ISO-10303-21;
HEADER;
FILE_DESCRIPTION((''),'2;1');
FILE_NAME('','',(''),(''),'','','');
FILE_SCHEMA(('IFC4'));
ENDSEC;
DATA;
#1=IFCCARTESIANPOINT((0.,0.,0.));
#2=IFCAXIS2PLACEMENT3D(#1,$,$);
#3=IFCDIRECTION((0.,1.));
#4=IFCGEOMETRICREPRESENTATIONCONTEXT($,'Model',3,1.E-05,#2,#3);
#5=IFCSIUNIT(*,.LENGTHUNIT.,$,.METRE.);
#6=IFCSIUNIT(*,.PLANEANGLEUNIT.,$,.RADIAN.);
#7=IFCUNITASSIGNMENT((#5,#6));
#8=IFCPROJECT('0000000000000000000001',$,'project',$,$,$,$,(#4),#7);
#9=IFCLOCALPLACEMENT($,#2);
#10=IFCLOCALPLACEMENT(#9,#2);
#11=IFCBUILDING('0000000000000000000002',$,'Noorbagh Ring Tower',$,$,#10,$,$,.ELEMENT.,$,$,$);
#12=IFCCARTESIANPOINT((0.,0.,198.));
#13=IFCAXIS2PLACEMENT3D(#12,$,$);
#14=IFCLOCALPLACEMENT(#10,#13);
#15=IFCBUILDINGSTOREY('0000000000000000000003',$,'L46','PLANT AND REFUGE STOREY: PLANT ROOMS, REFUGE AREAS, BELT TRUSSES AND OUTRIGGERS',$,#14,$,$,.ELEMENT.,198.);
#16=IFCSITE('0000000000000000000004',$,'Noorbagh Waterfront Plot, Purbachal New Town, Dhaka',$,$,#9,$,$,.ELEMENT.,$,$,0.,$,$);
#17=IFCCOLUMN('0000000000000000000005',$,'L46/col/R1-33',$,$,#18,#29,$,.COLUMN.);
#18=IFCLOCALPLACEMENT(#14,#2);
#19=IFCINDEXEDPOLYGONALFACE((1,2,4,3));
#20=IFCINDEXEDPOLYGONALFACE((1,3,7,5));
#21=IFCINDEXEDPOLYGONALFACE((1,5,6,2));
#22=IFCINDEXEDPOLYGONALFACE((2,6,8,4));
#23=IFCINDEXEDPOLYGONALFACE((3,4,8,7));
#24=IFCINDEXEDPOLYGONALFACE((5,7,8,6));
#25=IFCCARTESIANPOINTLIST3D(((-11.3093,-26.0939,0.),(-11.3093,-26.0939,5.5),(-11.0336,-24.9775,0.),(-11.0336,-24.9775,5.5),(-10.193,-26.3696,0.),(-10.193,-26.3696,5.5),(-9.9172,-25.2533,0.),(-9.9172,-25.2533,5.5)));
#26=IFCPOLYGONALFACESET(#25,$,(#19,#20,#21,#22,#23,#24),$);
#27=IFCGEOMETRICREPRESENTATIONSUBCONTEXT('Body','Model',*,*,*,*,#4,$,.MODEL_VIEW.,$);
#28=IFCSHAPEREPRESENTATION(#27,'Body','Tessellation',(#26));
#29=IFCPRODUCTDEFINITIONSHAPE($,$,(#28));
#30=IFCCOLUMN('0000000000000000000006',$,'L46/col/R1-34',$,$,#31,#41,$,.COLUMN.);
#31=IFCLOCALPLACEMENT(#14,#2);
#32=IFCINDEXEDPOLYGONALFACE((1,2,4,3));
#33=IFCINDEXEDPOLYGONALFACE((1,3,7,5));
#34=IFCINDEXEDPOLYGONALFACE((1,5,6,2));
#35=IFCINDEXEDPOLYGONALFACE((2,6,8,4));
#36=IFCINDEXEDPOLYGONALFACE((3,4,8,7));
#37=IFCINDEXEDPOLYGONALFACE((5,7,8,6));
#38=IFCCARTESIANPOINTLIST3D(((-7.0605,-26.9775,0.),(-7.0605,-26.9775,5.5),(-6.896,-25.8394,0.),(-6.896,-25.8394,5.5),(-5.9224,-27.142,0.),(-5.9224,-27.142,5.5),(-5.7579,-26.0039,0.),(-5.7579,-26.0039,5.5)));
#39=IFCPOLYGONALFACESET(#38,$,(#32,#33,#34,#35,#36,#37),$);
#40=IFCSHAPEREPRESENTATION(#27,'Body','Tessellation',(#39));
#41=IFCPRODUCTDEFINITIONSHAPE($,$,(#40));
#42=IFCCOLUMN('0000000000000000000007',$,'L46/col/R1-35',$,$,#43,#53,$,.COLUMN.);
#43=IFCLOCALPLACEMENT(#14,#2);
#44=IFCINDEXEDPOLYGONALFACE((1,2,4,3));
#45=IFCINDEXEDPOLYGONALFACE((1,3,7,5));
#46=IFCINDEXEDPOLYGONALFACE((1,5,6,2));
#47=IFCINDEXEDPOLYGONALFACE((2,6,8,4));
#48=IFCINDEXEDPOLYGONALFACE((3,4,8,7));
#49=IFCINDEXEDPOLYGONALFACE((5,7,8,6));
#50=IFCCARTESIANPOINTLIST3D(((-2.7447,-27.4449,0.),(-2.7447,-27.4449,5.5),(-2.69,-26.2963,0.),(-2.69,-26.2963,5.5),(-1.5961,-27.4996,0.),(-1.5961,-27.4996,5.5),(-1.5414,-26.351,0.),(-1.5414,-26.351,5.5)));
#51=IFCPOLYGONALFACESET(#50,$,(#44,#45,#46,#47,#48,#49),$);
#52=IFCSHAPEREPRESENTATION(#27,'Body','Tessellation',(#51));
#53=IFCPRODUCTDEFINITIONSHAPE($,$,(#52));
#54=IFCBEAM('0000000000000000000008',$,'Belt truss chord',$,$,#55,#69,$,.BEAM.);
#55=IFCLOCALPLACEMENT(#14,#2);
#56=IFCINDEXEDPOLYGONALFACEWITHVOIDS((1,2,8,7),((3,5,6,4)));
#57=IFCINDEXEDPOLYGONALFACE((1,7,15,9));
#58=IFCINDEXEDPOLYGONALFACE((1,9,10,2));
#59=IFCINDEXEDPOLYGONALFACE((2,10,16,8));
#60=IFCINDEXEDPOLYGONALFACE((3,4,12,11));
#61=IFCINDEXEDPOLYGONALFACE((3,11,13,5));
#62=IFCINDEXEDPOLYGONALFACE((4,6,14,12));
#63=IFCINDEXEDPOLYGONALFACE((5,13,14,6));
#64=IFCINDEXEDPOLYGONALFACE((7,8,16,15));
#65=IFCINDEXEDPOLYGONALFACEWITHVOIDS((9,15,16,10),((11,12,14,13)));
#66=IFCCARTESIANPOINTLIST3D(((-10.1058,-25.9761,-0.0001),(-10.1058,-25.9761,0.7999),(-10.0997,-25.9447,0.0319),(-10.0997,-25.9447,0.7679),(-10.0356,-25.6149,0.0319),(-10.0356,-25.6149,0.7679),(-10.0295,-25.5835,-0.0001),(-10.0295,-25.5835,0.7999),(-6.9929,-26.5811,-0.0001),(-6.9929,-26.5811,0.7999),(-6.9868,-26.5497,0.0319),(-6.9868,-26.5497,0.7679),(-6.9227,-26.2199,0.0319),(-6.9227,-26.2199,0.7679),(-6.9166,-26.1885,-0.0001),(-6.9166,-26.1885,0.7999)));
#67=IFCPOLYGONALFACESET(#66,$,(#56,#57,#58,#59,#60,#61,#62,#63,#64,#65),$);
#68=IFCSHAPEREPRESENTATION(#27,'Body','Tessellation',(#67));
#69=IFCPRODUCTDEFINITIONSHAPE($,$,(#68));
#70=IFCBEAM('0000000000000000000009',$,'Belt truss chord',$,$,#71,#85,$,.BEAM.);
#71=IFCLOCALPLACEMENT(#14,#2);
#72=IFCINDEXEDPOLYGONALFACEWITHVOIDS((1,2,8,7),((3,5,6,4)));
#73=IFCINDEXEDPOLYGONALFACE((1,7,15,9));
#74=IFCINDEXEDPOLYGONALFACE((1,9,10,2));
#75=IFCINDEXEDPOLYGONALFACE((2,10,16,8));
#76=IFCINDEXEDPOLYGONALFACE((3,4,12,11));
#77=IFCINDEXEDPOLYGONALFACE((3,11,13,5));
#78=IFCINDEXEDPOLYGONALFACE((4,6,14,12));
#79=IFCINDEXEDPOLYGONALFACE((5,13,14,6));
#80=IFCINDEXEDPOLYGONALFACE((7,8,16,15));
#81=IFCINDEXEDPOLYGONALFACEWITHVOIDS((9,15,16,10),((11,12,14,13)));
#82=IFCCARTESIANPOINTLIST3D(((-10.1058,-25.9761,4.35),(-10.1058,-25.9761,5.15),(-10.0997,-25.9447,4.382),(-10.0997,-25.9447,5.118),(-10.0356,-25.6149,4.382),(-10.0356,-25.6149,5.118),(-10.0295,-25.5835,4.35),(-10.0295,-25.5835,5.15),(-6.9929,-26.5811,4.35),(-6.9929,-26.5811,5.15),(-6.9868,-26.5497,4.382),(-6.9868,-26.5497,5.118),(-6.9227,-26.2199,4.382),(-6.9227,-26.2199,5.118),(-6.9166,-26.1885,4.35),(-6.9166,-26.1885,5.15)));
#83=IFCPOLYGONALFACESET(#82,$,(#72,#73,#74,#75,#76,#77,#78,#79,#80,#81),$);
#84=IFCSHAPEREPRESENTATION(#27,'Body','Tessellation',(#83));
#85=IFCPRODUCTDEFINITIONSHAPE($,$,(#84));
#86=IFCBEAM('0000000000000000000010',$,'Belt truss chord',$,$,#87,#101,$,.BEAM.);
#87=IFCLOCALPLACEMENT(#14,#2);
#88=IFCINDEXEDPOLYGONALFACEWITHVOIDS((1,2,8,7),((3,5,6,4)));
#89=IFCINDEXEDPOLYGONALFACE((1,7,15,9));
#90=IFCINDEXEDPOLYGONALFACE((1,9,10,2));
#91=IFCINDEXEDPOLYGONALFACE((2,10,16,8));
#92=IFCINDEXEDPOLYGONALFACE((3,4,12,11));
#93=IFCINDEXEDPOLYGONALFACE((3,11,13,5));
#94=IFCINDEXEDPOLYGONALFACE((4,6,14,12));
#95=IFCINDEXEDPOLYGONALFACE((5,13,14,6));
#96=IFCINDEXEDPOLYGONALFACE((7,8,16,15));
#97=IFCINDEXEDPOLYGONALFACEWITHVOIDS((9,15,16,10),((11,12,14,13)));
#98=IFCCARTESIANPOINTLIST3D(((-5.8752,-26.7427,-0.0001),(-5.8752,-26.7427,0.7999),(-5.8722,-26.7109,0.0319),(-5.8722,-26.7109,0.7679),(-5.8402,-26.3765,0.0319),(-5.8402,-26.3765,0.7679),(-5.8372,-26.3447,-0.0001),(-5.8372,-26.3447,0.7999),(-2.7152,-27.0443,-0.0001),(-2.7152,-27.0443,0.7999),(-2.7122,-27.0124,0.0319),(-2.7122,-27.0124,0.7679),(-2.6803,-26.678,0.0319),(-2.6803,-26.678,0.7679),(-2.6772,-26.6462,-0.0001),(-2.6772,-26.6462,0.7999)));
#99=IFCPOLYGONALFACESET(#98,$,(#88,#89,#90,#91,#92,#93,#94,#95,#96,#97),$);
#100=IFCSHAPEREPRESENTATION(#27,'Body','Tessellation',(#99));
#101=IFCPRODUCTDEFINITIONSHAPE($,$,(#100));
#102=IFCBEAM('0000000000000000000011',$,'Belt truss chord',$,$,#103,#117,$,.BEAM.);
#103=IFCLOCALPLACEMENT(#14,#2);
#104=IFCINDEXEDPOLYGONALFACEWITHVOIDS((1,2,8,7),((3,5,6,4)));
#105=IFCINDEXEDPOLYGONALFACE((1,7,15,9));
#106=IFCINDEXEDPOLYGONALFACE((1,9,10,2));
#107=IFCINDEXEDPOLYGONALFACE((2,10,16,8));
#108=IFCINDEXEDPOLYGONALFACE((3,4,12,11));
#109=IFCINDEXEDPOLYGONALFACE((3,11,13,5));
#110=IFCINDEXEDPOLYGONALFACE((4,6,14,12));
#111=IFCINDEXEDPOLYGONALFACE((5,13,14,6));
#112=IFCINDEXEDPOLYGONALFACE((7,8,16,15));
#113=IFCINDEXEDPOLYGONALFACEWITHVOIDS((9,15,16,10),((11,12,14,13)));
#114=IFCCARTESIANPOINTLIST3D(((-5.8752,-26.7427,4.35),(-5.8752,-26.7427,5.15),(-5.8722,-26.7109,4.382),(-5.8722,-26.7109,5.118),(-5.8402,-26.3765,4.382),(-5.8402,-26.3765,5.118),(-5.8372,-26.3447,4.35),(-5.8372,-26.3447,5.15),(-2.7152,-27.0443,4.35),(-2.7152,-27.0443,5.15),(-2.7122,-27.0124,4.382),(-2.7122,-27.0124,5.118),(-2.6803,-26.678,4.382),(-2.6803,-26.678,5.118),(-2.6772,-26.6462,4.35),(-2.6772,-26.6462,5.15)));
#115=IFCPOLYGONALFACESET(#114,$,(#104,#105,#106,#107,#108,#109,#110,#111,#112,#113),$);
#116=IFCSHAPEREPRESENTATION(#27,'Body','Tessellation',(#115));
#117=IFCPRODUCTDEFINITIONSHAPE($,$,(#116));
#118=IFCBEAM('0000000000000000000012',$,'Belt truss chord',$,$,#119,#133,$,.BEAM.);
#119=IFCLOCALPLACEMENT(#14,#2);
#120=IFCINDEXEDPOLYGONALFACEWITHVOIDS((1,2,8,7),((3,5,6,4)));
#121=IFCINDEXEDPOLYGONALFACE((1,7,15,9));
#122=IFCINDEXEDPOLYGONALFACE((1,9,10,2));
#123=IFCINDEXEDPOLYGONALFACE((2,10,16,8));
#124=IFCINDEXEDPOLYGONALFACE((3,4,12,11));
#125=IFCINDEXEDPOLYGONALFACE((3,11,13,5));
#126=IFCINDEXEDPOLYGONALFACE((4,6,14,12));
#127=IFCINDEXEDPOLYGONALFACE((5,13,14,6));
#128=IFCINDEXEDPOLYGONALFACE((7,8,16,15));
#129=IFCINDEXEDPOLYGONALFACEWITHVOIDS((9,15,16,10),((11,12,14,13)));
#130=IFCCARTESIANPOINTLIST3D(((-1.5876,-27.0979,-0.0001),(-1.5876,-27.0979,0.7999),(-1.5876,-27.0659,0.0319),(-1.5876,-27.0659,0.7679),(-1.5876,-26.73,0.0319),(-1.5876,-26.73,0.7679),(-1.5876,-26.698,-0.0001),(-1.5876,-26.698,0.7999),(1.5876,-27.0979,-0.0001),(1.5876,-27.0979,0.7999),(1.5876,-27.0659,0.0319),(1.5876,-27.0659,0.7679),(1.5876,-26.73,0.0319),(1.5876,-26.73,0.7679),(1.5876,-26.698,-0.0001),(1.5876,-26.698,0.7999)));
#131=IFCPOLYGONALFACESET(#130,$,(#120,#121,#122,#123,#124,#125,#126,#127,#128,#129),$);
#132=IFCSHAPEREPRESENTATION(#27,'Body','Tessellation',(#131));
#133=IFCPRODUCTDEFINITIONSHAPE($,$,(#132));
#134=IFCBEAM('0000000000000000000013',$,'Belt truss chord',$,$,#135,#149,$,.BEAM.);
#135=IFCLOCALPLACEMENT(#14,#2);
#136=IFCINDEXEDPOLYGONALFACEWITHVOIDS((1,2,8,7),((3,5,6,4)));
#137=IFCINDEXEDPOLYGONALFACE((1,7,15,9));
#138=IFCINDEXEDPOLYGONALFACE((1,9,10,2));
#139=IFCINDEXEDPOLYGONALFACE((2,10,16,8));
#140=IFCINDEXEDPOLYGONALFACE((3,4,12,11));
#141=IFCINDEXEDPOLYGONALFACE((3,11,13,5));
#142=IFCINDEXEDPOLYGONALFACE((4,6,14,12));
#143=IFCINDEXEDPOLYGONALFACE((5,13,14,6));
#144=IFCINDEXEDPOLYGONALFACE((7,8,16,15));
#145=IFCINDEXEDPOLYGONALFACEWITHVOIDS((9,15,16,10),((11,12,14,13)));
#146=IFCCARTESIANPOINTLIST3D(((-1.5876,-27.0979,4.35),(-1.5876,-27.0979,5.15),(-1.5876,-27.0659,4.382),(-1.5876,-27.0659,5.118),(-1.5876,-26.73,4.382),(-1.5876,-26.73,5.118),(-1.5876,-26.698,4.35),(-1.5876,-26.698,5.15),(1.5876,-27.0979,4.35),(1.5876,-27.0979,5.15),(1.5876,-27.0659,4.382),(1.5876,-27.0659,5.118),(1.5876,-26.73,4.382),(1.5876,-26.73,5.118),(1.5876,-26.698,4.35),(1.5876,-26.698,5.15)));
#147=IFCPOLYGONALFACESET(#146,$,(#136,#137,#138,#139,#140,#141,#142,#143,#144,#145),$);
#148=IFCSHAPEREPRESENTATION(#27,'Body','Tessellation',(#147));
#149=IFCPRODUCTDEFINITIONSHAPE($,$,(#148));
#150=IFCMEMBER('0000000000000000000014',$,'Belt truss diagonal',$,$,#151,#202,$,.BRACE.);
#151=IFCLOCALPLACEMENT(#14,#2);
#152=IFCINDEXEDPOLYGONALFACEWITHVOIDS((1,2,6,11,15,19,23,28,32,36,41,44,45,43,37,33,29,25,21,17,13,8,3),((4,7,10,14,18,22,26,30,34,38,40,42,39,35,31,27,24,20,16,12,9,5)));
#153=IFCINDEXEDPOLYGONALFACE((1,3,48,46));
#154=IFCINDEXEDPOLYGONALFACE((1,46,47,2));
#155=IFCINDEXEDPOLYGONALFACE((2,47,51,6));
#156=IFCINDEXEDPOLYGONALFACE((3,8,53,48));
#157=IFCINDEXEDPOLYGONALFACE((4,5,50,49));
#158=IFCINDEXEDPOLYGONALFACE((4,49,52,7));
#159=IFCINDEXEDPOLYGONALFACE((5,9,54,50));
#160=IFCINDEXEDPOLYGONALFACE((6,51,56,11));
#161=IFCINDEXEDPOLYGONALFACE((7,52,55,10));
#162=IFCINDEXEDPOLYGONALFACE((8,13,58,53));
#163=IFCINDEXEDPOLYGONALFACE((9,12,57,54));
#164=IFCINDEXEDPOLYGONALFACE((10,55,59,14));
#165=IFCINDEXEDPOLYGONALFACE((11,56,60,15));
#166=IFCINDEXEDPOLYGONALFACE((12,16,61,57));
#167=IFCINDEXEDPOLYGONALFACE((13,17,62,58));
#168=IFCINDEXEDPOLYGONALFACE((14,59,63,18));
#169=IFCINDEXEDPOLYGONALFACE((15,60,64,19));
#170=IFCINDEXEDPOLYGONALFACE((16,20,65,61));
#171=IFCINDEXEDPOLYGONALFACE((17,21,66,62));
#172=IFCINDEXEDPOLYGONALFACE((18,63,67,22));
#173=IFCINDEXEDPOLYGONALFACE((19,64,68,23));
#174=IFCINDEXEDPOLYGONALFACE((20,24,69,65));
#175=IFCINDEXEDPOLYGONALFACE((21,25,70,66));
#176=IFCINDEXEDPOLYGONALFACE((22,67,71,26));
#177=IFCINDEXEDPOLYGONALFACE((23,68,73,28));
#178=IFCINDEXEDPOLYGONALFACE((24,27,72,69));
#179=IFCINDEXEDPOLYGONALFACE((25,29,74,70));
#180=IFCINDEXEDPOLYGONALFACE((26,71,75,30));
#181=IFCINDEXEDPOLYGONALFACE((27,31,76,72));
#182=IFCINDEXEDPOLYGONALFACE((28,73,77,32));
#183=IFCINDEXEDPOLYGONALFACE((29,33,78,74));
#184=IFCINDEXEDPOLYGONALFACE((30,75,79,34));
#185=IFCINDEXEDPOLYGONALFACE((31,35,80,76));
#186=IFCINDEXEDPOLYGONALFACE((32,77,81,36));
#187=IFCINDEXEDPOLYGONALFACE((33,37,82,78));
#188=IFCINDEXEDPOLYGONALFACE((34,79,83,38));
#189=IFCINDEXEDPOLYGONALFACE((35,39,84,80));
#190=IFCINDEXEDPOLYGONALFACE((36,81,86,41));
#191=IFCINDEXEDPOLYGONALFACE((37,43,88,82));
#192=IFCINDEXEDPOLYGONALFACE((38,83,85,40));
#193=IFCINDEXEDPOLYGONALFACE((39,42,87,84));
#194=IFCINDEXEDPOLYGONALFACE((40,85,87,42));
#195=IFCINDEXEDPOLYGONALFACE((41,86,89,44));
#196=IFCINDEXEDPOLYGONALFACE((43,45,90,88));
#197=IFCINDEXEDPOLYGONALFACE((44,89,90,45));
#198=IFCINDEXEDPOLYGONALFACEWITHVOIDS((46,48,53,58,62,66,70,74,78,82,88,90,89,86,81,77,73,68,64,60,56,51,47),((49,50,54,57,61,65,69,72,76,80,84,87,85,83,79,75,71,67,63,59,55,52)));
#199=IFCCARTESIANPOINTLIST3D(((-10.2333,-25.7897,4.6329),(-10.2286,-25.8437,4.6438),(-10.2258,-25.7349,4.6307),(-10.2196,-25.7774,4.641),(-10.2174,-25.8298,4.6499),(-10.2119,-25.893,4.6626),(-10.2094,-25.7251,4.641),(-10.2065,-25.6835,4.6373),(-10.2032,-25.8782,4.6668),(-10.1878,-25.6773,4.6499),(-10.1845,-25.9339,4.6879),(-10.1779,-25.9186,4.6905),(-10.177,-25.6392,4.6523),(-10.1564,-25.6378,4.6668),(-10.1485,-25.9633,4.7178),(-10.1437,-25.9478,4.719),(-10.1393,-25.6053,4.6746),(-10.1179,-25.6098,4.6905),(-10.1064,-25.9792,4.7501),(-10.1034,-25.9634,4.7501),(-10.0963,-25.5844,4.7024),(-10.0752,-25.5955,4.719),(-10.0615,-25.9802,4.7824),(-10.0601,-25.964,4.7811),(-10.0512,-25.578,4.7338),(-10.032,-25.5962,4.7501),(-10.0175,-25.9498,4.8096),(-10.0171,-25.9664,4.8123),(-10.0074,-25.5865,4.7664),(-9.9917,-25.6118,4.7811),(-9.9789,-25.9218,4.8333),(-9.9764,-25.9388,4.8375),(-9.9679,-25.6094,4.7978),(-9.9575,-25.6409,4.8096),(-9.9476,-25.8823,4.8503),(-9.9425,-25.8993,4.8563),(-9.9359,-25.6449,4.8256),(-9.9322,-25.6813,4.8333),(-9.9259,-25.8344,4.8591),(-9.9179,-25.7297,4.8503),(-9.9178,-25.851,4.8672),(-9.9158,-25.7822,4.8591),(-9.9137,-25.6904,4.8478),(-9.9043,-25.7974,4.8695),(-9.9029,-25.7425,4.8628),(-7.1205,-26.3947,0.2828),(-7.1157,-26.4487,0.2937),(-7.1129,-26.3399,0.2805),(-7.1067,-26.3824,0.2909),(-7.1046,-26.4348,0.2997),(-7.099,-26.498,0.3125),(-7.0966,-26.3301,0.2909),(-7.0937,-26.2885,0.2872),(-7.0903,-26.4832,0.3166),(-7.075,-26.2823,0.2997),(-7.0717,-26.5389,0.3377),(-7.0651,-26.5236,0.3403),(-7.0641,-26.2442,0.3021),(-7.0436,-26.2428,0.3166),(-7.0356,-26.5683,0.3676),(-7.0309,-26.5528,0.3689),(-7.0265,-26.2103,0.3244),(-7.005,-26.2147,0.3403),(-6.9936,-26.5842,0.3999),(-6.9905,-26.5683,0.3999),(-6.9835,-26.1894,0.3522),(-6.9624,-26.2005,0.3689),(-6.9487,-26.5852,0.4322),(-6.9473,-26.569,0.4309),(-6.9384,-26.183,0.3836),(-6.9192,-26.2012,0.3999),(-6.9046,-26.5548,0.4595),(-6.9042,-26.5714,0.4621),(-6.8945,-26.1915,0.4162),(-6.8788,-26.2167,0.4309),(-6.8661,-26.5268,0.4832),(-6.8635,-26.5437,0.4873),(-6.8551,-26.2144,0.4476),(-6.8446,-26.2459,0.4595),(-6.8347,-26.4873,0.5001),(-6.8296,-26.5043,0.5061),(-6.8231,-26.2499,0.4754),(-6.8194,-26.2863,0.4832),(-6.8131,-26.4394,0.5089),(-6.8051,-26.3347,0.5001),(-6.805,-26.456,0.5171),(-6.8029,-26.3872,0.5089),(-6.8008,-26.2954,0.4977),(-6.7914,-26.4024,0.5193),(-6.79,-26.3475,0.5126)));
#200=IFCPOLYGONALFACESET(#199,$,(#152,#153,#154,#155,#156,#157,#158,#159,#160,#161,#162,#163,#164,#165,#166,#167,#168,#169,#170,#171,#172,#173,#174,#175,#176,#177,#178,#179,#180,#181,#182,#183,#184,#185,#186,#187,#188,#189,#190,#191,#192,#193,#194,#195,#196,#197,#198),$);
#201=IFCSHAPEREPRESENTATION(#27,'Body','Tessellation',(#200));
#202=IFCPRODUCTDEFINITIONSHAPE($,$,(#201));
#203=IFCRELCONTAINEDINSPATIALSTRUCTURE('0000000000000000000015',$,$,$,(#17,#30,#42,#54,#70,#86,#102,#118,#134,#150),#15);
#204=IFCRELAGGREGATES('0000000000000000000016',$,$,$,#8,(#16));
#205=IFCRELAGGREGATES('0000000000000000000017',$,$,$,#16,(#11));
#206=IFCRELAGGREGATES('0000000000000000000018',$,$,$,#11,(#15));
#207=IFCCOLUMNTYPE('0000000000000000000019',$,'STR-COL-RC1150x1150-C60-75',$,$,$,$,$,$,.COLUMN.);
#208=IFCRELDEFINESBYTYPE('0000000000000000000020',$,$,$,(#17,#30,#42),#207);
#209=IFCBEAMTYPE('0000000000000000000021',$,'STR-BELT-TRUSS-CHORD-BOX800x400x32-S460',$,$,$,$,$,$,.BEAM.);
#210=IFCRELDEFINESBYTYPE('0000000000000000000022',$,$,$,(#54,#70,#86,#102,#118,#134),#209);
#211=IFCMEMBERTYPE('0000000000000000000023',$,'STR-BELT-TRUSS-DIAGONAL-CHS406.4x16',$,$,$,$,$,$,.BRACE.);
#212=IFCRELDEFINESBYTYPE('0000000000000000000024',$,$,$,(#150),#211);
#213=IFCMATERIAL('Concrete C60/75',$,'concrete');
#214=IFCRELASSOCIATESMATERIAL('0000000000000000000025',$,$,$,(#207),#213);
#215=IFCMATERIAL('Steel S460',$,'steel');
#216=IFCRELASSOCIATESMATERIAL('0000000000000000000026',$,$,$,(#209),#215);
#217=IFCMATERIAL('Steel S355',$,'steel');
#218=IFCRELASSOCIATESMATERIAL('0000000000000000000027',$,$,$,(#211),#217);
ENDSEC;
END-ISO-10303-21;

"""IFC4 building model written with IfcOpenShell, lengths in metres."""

from ifc_helpers import new_model, si_unit, direction, frame, origin, origin_2d, place, context, subcontext, project, spatial, rectangle, hollow_rectangle, hollow_circle, extrude, material, material_profile, profile_set, type_object, element, save


model = new_model("IFC4")

# Units and contexts
model_context = context("Model", 3, precision=1e-05, world=origin(), true_north=direction((0.0, 1.0)))
body_context = subcontext(model_context, "Body", "Model", "MODEL_VIEW")
ifc_project = project(units=[si_unit("LENGTHUNIT", "METRE"), si_unit("PLANEANGLEUNIT", "RADIAN")], contexts=[model_context])

# Site, building, storey
site_placement = place(None, origin())
site = spatial("IfcSite", under=ifc_project, at=site_placement, Name="Noorbagh Waterfront Plot, Purbachal New Town, Dhaka", CompositionType="ELEMENT", RefElevation=0.0)
building_placement = place(site_placement, origin())
building = spatial("IfcBuilding", under=site, at=building_placement, Name="Noorbagh Ring Tower", CompositionType="ELEMENT")
storey_placement = place(building_placement, frame((0.0, 0.0, 198.0)))
storey = spatial("IfcBuildingStorey", under=building, at=storey_placement, Name="L46", Description="PLANT AND REFUGE STOREY: PLANT ROOMS, REFUGE AREAS, BELT TRUSSES AND OUTRIGGERS", CompositionType="ELEMENT", Elevation=198.0)

# Columns
ifc_material_1 = material(Name="Concrete C60/75", Category="concrete")
ifc_material_profile_1 = material_profile(ifc_material_1, rectangle(XDim=1.1499, YDim=1.1499, at=origin_2d()), Name="RC1150x1150")
ifc_profile_set_1 = profile_set([ifc_material_profile_1], Name="Concrete C60/75")
column_type = type_object("IfcColumnType", Name="STR-COL-RC1150x1150-C60-75", PredefinedType="COLUMN", material=ifc_profile_set_1)
for number, where, z_axis, x_axis, name in (
    (1, (-10.6133, -25.6736, 0.0), (0.0, 0.0, 1.0), (0.970829, -0.239771, 0.0), "L46/col/R1-33"),
    (2, (-6.4092, -26.4907, 0.0), (0.0, 0.0, 1.0), (0.989713, -0.143066, 0.0), "L46/col/R1-34"),
    (3, (-2.1431, -26.8979, 0.0), (0.0, 0.0, 1.0), (0.998869, -0.047553, 0.0), "L46/col/R1-35"),
):
    element("IfcColumn", number, at=place(storey_placement, frame(where, z_axis=z_axis, x_axis=x_axis)), inside=storey, type_object=column_type, Name=name, PredefinedType="COLUMN", context=body_context, shape_type="SweptSolid", body=[
        extrude(rectangle(XDim=1.1499, YDim=1.1499, at=origin_2d()), origin(), (0.0, 0.0, 1.0), 5.5),
    ])

# Beams
ifc_material_2 = material(Name="Steel S460", Category="steel")
ifc_material_profile_2 = material_profile(ifc_material_2, hollow_rectangle(XDim=0.3999, YDim=0.8, WallThickness=0.032, at=origin_2d()), Name="BOX800x400x32")
ifc_profile_set_2 = profile_set([ifc_material_profile_2], Name="Steel S460")
beam_type_1 = type_object("IfcBeamType", Name="STR-BELT-TRUSS-CHORD-BOX800x400x32-S460", PredefinedType="BEAM", material=ifc_profile_set_2)
for number, where, z_axis, x_axis, name in (
    (4, (-10.0676, -25.7798, 0.3999), (0.981632, -0.190783, 0.0), (0.190783, 0.981632, 0.0), "Belt truss chord"),
    (5, (-10.0676, -25.7798, 4.75), (0.981632, -0.190783, 0.0), (0.190783, 0.981632, 0.0), "Belt truss chord"),
):
    element("IfcBeam", number, at=place(storey_placement, frame(where, z_axis=z_axis, x_axis=x_axis)), inside=storey, type_object=beam_type_1, Name=name, PredefinedType="BEAM", context=body_context, shape_type="SweptSolid", body=[
        extrude(hollow_rectangle(XDim=0.3999, YDim=0.8, WallThickness=0.032, at=origin_2d()), origin(), (0.0, 0.0, 1.0), 3.1711),
    ])
for number, where, z_axis, x_axis, name in (
    (6, (-5.8562, -26.5437, 0.3999), (0.995479, -0.094987, 0.0), (0.094987, 0.995479, 0.0), "Belt truss chord"),
    (7, (-5.8562, -26.5437, 4.75), (0.995479, -0.094987, 0.0), (0.094987, 0.995479, 0.0), "Belt truss chord"),
):
    element("IfcBeam", number, at=place(storey_placement, frame(where, z_axis=z_axis, x_axis=x_axis)), inside=storey, type_object=beam_type_1, Name=name, PredefinedType="BEAM", context=body_context, shape_type="SweptSolid", body=[
        extrude(hollow_rectangle(XDim=0.3999, YDim=0.8, WallThickness=0.032, at=origin_2d()), origin(), (0.0, 0.0, 1.0), 3.1743),
    ])
for number, where, z_axis, x_axis, name in (
    (8, (-1.5876, -26.8979, 0.3999), (1.0, 0.0, 0.0), (0.0, 1.0, 0.0), "Belt truss chord"),
    (9, (-1.5876, -26.8979, 4.75), (1.0, 0.0, 0.0), (0.0, 1.0, 0.0), "Belt truss chord"),
):
    element("IfcBeam", number, at=place(storey_placement, frame(where, z_axis=z_axis, x_axis=x_axis)), inside=storey, type_object=beam_type_1, Name=name, PredefinedType="BEAM", context=body_context, shape_type="SweptSolid", body=[
        extrude(hollow_rectangle(XDim=0.3999, YDim=0.8, WallThickness=0.032, at=origin_2d()), origin(), (0.0, 0.0, 1.0), 3.1753),
    ])

# Member
ifc_material_3 = material(Name="Steel S355", Category="steel")
ifc_material_profile_3 = material_profile(ifc_material_3, hollow_circle(Radius=0.2031, WallThickness=0.0161, at=origin_2d()), Name="CHS406.4x16")
ifc_profile_set_3 = profile_set([ifc_material_profile_3], Name="Steel S355")
member_type = type_object("IfcMemberType", Name="STR-BELT-TRUSS-DIAGONAL-CHS406.4x16", PredefinedType="BRACE", material=ifc_profile_set_3)
member_1_placement = place(storey_placement, frame((-6.9548, -26.3848, 0.3999), z_axis=(-0.578242, 0.112383, 0.808088), x_axis=(-0.190783, -0.981632, 0.0)))
element("IfcMember", 10, at=member_1_placement, inside=storey, type_object=member_type, Name="Belt truss diagonal", PredefinedType="BRACE", context=body_context, shape_type="SweptSolid", body=[
    extrude(hollow_circle(Radius=0.2031, WallThickness=0.0161, at=origin_2d()), origin(), (0.0, 0.0, 1.0), 5.3833),
])

save(model, "model.ifc")
